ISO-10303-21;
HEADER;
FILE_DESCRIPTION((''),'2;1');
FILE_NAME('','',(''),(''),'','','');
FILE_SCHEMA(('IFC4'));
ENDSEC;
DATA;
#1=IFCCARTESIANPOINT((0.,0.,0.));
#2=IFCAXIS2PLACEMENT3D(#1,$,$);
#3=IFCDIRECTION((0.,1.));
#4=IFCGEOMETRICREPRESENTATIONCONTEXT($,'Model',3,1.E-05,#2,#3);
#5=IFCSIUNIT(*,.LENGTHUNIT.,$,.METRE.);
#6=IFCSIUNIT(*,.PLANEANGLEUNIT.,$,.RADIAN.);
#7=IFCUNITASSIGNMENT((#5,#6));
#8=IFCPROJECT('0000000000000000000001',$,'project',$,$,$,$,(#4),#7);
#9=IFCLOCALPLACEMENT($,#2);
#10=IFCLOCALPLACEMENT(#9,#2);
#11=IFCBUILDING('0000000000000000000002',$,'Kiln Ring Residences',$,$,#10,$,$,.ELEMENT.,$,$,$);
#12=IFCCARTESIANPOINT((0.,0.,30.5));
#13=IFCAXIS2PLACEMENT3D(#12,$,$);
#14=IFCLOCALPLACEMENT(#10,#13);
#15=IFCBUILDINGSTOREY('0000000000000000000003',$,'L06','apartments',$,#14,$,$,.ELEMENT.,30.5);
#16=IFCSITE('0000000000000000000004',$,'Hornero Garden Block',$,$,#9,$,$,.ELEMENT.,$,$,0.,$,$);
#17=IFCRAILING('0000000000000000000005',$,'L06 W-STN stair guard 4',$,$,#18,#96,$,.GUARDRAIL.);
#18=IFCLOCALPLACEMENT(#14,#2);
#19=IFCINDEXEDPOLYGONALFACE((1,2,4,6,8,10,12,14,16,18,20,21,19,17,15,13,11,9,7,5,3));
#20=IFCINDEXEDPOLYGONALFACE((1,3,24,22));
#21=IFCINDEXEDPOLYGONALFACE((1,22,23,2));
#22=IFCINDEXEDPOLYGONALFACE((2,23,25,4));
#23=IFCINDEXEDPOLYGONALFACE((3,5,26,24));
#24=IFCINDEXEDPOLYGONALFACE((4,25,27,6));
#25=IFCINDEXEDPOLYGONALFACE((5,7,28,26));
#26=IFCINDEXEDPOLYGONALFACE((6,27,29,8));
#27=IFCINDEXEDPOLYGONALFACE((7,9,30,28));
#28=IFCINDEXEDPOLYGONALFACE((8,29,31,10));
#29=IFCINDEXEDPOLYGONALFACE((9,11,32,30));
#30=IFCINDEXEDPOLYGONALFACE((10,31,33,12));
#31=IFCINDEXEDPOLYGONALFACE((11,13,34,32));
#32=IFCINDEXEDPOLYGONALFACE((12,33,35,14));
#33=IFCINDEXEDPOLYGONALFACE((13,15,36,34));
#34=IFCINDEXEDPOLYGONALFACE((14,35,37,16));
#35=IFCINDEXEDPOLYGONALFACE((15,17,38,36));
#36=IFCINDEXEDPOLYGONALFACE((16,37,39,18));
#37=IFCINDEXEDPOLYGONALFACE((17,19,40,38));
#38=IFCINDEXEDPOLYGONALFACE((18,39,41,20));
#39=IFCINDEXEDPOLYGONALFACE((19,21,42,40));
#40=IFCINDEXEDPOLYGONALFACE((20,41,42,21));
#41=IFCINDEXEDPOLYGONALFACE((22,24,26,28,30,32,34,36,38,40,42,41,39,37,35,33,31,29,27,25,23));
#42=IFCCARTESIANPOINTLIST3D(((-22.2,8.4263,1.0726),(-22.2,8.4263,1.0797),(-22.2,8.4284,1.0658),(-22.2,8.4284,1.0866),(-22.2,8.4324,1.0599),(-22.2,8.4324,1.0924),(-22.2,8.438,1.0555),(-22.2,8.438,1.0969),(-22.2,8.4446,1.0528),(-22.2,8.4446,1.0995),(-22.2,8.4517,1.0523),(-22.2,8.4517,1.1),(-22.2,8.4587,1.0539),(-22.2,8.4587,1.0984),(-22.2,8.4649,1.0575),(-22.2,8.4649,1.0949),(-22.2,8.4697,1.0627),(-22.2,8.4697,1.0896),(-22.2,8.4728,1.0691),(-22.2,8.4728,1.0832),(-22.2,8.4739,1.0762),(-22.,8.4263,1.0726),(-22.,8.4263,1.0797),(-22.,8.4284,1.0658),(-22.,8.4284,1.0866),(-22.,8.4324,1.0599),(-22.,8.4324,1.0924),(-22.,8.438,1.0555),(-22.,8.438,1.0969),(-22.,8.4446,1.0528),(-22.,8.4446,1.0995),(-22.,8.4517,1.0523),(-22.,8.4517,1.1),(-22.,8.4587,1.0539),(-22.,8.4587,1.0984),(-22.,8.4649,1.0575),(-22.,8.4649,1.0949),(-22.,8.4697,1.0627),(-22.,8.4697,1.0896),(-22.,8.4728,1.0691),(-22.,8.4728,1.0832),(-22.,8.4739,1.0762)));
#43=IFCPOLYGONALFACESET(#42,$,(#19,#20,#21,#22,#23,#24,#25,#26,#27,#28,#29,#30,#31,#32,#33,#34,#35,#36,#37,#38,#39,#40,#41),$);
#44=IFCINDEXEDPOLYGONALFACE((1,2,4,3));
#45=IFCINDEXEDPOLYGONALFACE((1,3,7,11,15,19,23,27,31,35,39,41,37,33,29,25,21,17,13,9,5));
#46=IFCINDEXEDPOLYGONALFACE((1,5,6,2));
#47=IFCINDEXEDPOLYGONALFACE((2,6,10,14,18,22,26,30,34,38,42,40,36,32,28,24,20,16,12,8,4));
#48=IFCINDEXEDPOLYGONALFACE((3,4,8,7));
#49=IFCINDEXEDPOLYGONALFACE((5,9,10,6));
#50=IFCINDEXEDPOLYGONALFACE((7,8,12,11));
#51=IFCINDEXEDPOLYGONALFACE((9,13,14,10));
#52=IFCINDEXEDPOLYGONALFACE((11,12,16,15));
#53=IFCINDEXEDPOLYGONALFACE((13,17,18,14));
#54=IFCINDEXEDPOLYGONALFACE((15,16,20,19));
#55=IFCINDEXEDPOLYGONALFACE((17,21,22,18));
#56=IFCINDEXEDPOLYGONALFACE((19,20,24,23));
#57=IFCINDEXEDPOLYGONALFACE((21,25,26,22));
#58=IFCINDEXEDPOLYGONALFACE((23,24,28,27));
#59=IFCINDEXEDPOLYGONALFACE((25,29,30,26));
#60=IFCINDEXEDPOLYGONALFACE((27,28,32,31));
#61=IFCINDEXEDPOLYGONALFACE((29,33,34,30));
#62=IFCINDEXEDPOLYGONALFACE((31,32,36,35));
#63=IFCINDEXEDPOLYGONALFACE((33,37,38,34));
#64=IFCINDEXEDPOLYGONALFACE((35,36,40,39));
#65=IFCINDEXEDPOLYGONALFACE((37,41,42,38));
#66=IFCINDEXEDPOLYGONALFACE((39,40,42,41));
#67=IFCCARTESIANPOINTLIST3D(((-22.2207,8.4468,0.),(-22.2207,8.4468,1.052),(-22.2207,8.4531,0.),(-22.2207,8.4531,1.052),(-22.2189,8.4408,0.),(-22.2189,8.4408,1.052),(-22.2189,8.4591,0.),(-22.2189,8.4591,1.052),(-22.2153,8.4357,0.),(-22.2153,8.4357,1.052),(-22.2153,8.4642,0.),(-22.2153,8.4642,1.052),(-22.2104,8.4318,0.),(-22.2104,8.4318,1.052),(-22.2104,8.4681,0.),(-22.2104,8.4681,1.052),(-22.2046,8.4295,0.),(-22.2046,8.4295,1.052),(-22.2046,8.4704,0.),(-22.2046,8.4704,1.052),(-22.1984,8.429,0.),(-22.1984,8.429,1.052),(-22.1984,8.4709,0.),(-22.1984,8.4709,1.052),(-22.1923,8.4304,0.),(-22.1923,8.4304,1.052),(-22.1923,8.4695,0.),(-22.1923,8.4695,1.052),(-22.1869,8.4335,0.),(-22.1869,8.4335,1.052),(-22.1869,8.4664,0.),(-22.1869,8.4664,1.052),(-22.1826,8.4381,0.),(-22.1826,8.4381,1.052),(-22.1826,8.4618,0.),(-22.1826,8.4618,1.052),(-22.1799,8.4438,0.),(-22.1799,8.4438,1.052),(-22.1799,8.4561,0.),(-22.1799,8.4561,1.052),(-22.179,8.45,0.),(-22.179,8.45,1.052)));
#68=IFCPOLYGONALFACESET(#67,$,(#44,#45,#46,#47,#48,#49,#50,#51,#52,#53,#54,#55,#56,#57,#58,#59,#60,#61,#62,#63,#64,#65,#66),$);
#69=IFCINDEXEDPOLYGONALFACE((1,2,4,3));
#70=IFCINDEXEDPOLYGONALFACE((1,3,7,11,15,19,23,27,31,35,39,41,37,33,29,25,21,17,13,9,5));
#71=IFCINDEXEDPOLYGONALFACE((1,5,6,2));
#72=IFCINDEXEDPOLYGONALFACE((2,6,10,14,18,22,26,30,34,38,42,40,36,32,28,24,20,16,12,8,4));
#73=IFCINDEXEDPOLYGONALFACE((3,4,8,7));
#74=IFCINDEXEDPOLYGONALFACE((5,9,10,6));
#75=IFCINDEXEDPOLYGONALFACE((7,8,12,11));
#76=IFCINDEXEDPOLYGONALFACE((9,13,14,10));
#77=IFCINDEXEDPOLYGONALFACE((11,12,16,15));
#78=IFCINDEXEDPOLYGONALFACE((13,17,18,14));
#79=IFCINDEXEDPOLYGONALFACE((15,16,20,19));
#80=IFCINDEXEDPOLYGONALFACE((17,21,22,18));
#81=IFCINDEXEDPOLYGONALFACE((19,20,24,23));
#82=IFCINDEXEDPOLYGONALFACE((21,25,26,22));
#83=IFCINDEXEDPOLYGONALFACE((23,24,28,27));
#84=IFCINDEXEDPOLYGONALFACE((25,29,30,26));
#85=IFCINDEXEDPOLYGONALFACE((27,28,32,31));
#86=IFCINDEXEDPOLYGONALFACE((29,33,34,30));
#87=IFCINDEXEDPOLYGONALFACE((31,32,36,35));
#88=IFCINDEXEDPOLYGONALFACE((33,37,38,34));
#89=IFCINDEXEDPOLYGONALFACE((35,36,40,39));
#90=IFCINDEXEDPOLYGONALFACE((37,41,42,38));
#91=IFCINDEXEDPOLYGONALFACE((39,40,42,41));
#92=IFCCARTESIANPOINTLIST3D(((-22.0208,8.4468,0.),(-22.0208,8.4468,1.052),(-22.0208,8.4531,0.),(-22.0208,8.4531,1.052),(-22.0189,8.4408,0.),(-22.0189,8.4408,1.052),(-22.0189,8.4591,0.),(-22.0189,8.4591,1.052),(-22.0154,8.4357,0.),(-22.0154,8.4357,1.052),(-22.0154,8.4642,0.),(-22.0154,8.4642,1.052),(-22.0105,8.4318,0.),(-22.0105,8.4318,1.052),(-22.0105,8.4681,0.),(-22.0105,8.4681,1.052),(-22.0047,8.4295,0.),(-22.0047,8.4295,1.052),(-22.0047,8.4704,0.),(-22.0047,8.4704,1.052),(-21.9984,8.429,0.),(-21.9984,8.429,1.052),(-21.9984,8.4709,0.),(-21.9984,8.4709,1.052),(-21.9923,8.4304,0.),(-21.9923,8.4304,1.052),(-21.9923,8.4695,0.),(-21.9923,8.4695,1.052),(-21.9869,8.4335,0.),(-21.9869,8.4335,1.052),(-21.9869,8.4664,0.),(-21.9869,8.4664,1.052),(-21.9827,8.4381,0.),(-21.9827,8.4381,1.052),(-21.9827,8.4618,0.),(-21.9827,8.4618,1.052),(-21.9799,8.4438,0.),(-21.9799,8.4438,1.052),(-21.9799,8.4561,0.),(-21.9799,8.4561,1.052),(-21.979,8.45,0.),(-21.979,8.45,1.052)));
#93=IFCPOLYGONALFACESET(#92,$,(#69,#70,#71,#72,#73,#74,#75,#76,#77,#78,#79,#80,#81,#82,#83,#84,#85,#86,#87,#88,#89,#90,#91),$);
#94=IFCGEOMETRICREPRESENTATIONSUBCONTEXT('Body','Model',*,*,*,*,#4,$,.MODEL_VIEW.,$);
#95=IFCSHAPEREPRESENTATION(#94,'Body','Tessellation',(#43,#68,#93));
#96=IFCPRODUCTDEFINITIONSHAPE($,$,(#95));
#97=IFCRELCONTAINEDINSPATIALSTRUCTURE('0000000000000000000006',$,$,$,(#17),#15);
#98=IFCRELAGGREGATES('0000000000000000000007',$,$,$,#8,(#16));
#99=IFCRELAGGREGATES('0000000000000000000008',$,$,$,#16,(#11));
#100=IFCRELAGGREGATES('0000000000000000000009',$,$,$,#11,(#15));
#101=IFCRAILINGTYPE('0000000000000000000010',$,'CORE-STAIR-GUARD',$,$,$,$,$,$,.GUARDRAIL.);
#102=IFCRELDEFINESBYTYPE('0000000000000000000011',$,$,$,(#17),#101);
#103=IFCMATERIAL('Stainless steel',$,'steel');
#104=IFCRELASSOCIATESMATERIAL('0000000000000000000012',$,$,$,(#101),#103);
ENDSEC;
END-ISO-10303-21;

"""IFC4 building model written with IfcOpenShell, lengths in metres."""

from ifc_helpers import new_model, si_unit, direction, frame, origin, origin_2d, place, context, subcontext, project, spatial, circle, extrude, material, type_object, element, save


model = new_model("IFC4")

# Units and contexts
model_context = context("Model", 3, precision=1e-05, world=origin(), true_north=direction((0.0, 1.0)))
body_context = subcontext(model_context, "Body", "Model", "MODEL_VIEW")
ifc_project = project(units=[si_unit("LENGTHUNIT", "METRE"), si_unit("PLANEANGLEUNIT", "RADIAN")], contexts=[model_context])

# Site, building, storey
site_placement = place(None, origin())
site = spatial("IfcSite", under=ifc_project, at=site_placement, Name="Hornero Garden Block", CompositionType="ELEMENT", RefElevation=0.0)
building_placement = place(site_placement, origin())
building = spatial("IfcBuilding", under=site, at=building_placement, Name="Kiln Ring Residences", CompositionType="ELEMENT")
storey_placement = place(building_placement, frame((0.0, 0.0, 30.5)))
storey = spatial("IfcBuildingStorey", under=building, at=storey_placement, Name="L06", Description="apartments", CompositionType="ELEMENT", Elevation=30.5)

# Railing
ifc_material_1 = material(Name="Stainless steel", Category="steel")
railing_type_1 = type_object("IfcRailingType", Name="CORE-STAIR-GUARD", PredefinedType="GUARDRAIL", material=ifc_material_1)
railing_1_placement = place(storey_placement, frame((-22.2, 8.45, 0.0)))
element("IfcRailing", 1, at=railing_1_placement, inside=storey, type_object=railing_type_1, Name="L06 W-STN stair guard 4", PredefinedType="GUARDRAIL", context=body_context, shape_type="SweptSolid", body=[
    extrude(circle(Radius=0.0239, at=origin_2d()), frame((0.0, 0.0, 1.0762), z_axis=(1.0, 0.0, 0.0), x_axis=(0.0, 1.0, 0.0)), (0.0, 0.0, 1.0), 0.2),
    extrude(circle(Radius=0.021, at=origin_2d()), origin(), (0.0, 0.0, 1.0), 1.052),
    extrude(circle(Radius=0.021, at=origin_2d()), frame((0.2, 0.0, 0.0)), (0.0, 0.0, 1.0), 1.052),
])

save(model, "model.ifc")
